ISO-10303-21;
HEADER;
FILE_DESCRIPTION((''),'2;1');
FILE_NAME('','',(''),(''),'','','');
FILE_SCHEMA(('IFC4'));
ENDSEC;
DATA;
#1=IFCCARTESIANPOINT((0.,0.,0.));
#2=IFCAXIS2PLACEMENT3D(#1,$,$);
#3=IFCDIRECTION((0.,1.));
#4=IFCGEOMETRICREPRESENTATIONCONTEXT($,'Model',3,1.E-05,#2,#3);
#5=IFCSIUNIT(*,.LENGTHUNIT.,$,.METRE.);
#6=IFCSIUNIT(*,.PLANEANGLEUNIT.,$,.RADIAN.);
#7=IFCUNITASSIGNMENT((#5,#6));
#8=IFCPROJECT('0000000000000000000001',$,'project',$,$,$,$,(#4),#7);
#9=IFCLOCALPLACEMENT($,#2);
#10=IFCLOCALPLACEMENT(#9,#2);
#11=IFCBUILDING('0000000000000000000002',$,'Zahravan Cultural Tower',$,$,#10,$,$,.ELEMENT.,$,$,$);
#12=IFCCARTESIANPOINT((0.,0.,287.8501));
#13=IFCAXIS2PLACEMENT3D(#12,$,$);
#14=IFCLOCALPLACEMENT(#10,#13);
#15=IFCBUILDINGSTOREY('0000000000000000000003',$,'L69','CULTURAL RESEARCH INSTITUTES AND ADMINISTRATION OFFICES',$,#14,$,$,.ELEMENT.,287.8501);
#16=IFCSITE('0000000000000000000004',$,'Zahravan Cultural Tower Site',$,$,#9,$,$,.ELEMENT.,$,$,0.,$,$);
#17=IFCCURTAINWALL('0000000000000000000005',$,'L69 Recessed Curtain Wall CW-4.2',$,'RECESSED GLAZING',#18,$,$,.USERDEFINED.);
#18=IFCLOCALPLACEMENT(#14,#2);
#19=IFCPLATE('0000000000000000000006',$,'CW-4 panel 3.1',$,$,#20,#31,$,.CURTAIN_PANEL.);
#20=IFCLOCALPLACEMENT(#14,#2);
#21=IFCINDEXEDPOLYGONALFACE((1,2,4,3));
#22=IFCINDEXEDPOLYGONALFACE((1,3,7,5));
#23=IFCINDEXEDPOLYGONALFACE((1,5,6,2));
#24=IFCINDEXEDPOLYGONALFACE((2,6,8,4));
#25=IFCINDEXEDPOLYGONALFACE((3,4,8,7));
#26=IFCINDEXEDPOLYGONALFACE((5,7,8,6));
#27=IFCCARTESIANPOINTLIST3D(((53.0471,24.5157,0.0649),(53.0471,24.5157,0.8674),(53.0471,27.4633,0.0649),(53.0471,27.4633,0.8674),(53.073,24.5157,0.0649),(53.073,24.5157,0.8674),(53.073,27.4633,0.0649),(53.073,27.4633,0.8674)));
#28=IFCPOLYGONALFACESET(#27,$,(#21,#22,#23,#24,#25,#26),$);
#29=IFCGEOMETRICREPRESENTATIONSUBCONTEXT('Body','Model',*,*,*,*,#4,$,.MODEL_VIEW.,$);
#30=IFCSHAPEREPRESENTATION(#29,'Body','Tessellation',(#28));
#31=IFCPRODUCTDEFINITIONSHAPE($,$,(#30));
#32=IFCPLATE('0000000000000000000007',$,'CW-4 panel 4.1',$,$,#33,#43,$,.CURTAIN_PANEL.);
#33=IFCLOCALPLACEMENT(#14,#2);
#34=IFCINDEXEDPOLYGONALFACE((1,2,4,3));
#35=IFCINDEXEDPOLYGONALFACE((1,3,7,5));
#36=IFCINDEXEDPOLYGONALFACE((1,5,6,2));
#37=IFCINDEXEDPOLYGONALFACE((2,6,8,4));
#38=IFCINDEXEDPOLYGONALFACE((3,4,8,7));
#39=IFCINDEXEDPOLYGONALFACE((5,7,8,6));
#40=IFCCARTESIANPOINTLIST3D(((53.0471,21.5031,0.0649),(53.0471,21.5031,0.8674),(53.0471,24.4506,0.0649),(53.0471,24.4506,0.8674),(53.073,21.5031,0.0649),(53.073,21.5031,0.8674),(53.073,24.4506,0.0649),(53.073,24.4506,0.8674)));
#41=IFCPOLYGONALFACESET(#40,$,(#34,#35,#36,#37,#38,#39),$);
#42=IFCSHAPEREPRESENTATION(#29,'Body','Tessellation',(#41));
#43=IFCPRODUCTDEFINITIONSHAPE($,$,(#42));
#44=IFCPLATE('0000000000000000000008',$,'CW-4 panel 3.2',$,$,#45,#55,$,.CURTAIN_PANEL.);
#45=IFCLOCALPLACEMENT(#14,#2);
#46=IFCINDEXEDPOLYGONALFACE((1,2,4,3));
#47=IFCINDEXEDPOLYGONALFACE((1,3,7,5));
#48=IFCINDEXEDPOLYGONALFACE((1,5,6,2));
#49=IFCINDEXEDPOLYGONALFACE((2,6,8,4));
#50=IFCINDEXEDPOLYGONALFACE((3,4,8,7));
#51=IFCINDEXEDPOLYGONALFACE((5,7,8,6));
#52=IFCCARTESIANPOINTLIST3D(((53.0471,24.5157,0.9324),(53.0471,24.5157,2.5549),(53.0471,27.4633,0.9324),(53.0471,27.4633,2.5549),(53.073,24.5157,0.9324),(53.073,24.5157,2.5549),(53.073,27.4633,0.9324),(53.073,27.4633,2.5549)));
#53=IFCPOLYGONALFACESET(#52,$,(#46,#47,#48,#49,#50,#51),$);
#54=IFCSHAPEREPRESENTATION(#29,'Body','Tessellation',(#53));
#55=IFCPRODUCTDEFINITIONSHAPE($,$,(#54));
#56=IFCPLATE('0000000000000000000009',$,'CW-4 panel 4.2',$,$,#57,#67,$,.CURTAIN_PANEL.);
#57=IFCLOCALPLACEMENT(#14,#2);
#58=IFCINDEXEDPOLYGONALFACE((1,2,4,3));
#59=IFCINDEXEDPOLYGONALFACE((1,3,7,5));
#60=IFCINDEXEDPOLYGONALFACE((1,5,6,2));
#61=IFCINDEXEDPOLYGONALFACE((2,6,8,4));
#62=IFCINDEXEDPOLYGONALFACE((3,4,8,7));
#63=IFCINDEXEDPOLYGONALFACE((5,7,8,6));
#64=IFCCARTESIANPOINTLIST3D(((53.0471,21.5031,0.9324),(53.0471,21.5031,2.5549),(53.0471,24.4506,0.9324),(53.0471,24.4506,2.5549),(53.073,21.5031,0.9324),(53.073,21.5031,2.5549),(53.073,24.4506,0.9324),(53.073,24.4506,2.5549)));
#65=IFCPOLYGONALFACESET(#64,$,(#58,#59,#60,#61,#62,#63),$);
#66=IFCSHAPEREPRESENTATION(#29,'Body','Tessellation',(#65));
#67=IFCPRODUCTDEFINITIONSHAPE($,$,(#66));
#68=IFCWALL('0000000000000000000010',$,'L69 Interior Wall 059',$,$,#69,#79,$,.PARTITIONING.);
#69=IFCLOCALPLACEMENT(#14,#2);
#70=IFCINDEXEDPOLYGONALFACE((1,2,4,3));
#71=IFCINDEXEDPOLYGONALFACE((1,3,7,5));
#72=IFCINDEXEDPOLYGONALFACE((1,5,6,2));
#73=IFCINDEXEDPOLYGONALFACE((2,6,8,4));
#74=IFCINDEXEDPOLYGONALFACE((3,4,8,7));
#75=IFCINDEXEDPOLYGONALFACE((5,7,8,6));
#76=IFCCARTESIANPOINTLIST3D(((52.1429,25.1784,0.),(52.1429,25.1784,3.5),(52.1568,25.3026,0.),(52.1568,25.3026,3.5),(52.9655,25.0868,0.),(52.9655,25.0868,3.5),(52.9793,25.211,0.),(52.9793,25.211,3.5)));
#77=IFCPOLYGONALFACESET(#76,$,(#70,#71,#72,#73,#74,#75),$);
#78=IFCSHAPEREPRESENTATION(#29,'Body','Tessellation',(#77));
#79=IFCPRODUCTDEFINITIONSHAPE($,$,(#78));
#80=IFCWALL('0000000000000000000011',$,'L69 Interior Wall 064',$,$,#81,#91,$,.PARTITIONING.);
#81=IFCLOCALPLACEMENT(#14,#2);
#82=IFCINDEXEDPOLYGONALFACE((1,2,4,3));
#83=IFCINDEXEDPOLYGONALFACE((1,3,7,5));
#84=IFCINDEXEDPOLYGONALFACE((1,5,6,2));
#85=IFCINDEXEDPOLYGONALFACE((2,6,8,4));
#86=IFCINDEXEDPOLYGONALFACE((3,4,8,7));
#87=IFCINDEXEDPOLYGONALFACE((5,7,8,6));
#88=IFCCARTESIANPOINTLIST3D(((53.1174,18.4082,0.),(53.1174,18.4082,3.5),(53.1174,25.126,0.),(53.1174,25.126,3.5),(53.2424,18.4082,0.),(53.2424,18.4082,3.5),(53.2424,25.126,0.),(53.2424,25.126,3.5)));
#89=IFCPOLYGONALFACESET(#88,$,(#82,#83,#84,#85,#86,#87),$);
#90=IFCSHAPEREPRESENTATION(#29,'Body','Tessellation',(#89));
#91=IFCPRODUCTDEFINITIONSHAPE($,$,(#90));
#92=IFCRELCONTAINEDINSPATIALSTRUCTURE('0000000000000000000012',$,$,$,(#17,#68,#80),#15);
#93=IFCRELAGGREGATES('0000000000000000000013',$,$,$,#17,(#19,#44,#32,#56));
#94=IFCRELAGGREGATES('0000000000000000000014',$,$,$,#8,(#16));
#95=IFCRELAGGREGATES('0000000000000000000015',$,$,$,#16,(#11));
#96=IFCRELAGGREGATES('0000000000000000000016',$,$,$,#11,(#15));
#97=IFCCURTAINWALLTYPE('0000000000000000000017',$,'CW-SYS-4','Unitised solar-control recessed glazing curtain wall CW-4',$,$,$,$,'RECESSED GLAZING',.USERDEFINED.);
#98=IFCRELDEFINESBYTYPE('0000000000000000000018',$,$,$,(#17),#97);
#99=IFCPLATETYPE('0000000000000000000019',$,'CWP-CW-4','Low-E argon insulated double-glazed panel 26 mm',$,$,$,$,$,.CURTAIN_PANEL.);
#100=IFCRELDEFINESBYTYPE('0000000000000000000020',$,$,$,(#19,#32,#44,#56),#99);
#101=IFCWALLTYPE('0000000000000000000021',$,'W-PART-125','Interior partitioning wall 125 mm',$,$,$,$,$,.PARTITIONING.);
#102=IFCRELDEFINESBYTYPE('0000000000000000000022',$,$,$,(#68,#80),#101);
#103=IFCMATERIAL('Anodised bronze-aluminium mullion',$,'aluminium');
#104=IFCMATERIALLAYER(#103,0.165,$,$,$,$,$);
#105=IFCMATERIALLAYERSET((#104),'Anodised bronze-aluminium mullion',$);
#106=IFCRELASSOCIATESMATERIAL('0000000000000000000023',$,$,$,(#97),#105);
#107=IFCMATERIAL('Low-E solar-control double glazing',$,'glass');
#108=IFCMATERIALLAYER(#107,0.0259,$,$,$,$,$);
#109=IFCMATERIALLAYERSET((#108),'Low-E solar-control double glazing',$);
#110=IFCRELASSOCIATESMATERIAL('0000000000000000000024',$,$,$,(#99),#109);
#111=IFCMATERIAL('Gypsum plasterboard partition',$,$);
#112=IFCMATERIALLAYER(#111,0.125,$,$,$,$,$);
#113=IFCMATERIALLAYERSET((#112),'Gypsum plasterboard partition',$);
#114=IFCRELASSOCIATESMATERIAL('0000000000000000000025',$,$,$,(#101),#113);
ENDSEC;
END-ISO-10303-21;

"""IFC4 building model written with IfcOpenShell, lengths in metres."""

from ifc_helpers import new_model, si_unit, direction, frame, frame_2d, origin, origin_2d, place, context, subcontext, project, spatial, rectangle, extrude, source, transform, mapped, material, layer, layer_set, type_object, element, aggregate, save


model = new_model("IFC4")

# Units and contexts
model_context = context("Model", 3, precision=1e-05, world=origin(), true_north=direction((0.0, 1.0)))
body_context = subcontext(model_context, "Body", "Model", "MODEL_VIEW")
ifc_project = project(units=[si_unit("LENGTHUNIT", "METRE"), si_unit("PLANEANGLEUNIT", "RADIAN")], contexts=[model_context])

# Site, building, storey
site_placement = place(None, origin())
site = spatial("IfcSite", under=ifc_project, at=site_placement, Name="Zahravan Cultural Tower Site", CompositionType="ELEMENT", RefElevation=0.0)
building_placement = place(site_placement, origin())
building = spatial("IfcBuilding", under=site, at=building_placement, Name="Zahravan Cultural Tower", CompositionType="ELEMENT")
storey_placement = place(building_placement, frame((0.0, 0.0, 287.8501)))
storey = spatial("IfcBuildingStorey", under=building, at=storey_placement, Name="L69", Description="CULTURAL RESEARCH INSTITUTES AND ADMINISTRATION OFFICES", CompositionType="ELEMENT", Elevation=287.8501)

# Curtain wall, plates
ifc_material_1 = material(Name="Anodised bronze-aluminium mullion", Category="aluminium")
ifc_layer_1 = layer(ifc_material_1, 0.165)
ifc_layer_set_1 = layer_set([ifc_layer_1], Name="Anodised bronze-aluminium mullion")
curtain_wall_type = type_object("IfcCurtainWallType", Name="CW-SYS-4", Description="Unitised solar-control recessed glazing curtain wall CW-4", ElementType="RECESSED GLAZING", PredefinedType="USERDEFINED", material=ifc_layer_set_1)
curtain_wall_placement = place(storey_placement, origin())
curtain_wall = element("IfcCurtainWall", 1, at=curtain_wall_placement, inside=storey, type_object=curtain_wall_type, Name="L69 Recessed Curtain Wall CW-4.2", ObjectType="RECESSED GLAZING", PredefinedType="USERDEFINED")
ifc_material_2 = material(Name="Low-E solar-control double glazing", Category="glass")
ifc_layer_2 = layer(ifc_material_2, 0.0259)
ifc_layer_set_2 = layer_set([ifc_layer_2], Name="Low-E solar-control double glazing")
plate_type = type_object("IfcPlateType", Name="CWP-CW-4", Description="Low-E argon insulated double-glazed panel 26 mm", PredefinedType="CURTAIN_PANEL", material=ifc_layer_set_2)
shared_shape_1 = source(origin(), body_context, "Body", "SweptSolid", [
    extrude(rectangle(XDim=2.9475, YDim=0.0259, at=origin_2d()), origin(), (0.0, 0.0, 1.0), 0.8025),
])
plate_1_placement = place(storey_placement, frame((53.0601, 25.9895, 0.0649), z_axis=(0.0, 0.0, 1.0), x_axis=(0.0, -1.0, 0.0)))
plate_1 = element("IfcPlate", 2, at=plate_1_placement, type_object=plate_type, Name="CW-4 panel 3.1", PredefinedType="CURTAIN_PANEL", context=body_context, shape_type="MappedRepresentation", body=[
    mapped(shared_shape_1, transform((0.0, 0.0, 0.0), x_axis=(1.0, 0.0, 0.0), y_axis=(0.0, 1.0, 0.0), z_axis=(0.0, 0.0, 1.0), scale=1.0)),
])
plate_2_placement = place(storey_placement, frame((53.0601, 22.9768, 0.0649), z_axis=(0.0, 0.0, 1.0), x_axis=(0.0, -1.0, 0.0)))
plate_2 = element("IfcPlate", 3, at=plate_2_placement, type_object=plate_type, Name="CW-4 panel 4.1", PredefinedType="CURTAIN_PANEL", context=body_context, shape_type="MappedRepresentation", body=[
    mapped(shared_shape_1, transform((0.0, 0.0, 0.0), x_axis=(1.0, 0.0, 0.0), y_axis=(0.0, 1.0, 0.0), z_axis=(0.0, 0.0, 1.0), scale=1.0)),
])
shared_shape_2 = source(origin(), body_context, "Body", "SweptSolid", [
    extrude(rectangle(XDim=2.9475, YDim=0.0259, at=origin_2d()), origin(), (0.0, 0.0, 1.0), 1.6226),
])
plate_3_placement = place(storey_placement, frame((53.0601, 25.9895, 0.9324), z_axis=(0.0, 0.0, 1.0), x_axis=(0.0, -1.0, 0.0)))
plate_3 = element("IfcPlate", 4, at=plate_3_placement, type_object=plate_type, Name="CW-4 panel 3.2", PredefinedType="CURTAIN_PANEL", context=body_context, shape_type="MappedRepresentation", body=[
    mapped(shared_shape_2, transform((0.0, 0.0, 0.0), x_axis=(1.0, 0.0, 0.0), y_axis=(0.0, 1.0, 0.0), z_axis=(0.0, 0.0, 1.0), scale=1.0)),
])
plate_4_placement = place(storey_placement, frame((53.0601, 22.9768, 0.9324), z_axis=(0.0, 0.0, 1.0), x_axis=(0.0, -1.0, 0.0)))
plate_4 = element("IfcPlate", 5, at=plate_4_placement, type_object=plate_type, Name="CW-4 panel 4.2", PredefinedType="CURTAIN_PANEL", context=body_context, shape_type="MappedRepresentation", body=[
    mapped(shared_shape_2, transform((0.0, 0.0, 0.0), x_axis=(1.0, 0.0, 0.0), y_axis=(0.0, 1.0, 0.0), z_axis=(0.0, 0.0, 1.0), scale=1.0)),
])
aggregate(curtain_wall, [plate_1, plate_3, plate_2, plate_4])

# Walls
ifc_material_3 = material(Name="Gypsum plasterboard partition")
ifc_layer_3 = layer(ifc_material_3, 0.125)
ifc_layer_set_3 = layer_set([ifc_layer_3], Name="Gypsum plasterboard partition")
wall_type = type_object("IfcWallType", Name="W-PART-125", Description="Interior partitioning wall 125 mm", PredefinedType="PARTITIONING", material=ifc_layer_set_3)
shared_shape_3 = source(origin(), body_context, "Body", "SweptSolid", [
    extrude(rectangle(XDim=0.8276, YDim=0.125, at=frame_2d((0.4138, 0.0))), origin(), (0.0, 0.0, 1.0), 3.5),
])
wall_1_placement = place(storey_placement, frame((52.9724, 25.1489, 0.0), z_axis=(0.0, 0.0, 1.0), x_axis=(-0.993862, 0.110626, 0.0)))
element("IfcWall", 6, at=wall_1_placement, inside=storey, type_object=wall_type, Name="L69 Interior Wall 059", PredefinedType="PARTITIONING", context=body_context, shape_type="MappedRepresentation", body=[
    mapped(shared_shape_3, transform((0.0, 0.0, 0.0), x_axis=(1.0, 0.0, 0.0), y_axis=(0.0, 1.0, 0.0), z_axis=(0.0, 0.0, 1.0), scale=1.0)),
])
shared_shape_4 = source(origin(), body_context, "Body", "SweptSolid", [
    extrude(rectangle(XDim=6.7178, YDim=0.125, at=frame_2d((3.3589, 0.0))), origin(), (0.0, 0.0, 1.0), 3.5),
])
wall_2_placement = place(storey_placement, frame((53.1799, 25.126, 0.0), z_axis=(0.0, 0.0, 1.0), x_axis=(0.0, -1.0, 0.0)))
element("IfcWall", 7, at=wall_2_placement, inside=storey, type_object=wall_type, Name="L69 Interior Wall 064", PredefinedType="PARTITIONING", context=body_context, shape_type="MappedRepresentation", body=[
    mapped(shared_shape_4, transform((0.0, 0.0, 0.0), x_axis=(1.0, 0.0, 0.0), y_axis=(0.0, 1.0, 0.0), z_axis=(0.0, 0.0, 1.0), scale=1.0)),
])

save(model, "model.ifc")
